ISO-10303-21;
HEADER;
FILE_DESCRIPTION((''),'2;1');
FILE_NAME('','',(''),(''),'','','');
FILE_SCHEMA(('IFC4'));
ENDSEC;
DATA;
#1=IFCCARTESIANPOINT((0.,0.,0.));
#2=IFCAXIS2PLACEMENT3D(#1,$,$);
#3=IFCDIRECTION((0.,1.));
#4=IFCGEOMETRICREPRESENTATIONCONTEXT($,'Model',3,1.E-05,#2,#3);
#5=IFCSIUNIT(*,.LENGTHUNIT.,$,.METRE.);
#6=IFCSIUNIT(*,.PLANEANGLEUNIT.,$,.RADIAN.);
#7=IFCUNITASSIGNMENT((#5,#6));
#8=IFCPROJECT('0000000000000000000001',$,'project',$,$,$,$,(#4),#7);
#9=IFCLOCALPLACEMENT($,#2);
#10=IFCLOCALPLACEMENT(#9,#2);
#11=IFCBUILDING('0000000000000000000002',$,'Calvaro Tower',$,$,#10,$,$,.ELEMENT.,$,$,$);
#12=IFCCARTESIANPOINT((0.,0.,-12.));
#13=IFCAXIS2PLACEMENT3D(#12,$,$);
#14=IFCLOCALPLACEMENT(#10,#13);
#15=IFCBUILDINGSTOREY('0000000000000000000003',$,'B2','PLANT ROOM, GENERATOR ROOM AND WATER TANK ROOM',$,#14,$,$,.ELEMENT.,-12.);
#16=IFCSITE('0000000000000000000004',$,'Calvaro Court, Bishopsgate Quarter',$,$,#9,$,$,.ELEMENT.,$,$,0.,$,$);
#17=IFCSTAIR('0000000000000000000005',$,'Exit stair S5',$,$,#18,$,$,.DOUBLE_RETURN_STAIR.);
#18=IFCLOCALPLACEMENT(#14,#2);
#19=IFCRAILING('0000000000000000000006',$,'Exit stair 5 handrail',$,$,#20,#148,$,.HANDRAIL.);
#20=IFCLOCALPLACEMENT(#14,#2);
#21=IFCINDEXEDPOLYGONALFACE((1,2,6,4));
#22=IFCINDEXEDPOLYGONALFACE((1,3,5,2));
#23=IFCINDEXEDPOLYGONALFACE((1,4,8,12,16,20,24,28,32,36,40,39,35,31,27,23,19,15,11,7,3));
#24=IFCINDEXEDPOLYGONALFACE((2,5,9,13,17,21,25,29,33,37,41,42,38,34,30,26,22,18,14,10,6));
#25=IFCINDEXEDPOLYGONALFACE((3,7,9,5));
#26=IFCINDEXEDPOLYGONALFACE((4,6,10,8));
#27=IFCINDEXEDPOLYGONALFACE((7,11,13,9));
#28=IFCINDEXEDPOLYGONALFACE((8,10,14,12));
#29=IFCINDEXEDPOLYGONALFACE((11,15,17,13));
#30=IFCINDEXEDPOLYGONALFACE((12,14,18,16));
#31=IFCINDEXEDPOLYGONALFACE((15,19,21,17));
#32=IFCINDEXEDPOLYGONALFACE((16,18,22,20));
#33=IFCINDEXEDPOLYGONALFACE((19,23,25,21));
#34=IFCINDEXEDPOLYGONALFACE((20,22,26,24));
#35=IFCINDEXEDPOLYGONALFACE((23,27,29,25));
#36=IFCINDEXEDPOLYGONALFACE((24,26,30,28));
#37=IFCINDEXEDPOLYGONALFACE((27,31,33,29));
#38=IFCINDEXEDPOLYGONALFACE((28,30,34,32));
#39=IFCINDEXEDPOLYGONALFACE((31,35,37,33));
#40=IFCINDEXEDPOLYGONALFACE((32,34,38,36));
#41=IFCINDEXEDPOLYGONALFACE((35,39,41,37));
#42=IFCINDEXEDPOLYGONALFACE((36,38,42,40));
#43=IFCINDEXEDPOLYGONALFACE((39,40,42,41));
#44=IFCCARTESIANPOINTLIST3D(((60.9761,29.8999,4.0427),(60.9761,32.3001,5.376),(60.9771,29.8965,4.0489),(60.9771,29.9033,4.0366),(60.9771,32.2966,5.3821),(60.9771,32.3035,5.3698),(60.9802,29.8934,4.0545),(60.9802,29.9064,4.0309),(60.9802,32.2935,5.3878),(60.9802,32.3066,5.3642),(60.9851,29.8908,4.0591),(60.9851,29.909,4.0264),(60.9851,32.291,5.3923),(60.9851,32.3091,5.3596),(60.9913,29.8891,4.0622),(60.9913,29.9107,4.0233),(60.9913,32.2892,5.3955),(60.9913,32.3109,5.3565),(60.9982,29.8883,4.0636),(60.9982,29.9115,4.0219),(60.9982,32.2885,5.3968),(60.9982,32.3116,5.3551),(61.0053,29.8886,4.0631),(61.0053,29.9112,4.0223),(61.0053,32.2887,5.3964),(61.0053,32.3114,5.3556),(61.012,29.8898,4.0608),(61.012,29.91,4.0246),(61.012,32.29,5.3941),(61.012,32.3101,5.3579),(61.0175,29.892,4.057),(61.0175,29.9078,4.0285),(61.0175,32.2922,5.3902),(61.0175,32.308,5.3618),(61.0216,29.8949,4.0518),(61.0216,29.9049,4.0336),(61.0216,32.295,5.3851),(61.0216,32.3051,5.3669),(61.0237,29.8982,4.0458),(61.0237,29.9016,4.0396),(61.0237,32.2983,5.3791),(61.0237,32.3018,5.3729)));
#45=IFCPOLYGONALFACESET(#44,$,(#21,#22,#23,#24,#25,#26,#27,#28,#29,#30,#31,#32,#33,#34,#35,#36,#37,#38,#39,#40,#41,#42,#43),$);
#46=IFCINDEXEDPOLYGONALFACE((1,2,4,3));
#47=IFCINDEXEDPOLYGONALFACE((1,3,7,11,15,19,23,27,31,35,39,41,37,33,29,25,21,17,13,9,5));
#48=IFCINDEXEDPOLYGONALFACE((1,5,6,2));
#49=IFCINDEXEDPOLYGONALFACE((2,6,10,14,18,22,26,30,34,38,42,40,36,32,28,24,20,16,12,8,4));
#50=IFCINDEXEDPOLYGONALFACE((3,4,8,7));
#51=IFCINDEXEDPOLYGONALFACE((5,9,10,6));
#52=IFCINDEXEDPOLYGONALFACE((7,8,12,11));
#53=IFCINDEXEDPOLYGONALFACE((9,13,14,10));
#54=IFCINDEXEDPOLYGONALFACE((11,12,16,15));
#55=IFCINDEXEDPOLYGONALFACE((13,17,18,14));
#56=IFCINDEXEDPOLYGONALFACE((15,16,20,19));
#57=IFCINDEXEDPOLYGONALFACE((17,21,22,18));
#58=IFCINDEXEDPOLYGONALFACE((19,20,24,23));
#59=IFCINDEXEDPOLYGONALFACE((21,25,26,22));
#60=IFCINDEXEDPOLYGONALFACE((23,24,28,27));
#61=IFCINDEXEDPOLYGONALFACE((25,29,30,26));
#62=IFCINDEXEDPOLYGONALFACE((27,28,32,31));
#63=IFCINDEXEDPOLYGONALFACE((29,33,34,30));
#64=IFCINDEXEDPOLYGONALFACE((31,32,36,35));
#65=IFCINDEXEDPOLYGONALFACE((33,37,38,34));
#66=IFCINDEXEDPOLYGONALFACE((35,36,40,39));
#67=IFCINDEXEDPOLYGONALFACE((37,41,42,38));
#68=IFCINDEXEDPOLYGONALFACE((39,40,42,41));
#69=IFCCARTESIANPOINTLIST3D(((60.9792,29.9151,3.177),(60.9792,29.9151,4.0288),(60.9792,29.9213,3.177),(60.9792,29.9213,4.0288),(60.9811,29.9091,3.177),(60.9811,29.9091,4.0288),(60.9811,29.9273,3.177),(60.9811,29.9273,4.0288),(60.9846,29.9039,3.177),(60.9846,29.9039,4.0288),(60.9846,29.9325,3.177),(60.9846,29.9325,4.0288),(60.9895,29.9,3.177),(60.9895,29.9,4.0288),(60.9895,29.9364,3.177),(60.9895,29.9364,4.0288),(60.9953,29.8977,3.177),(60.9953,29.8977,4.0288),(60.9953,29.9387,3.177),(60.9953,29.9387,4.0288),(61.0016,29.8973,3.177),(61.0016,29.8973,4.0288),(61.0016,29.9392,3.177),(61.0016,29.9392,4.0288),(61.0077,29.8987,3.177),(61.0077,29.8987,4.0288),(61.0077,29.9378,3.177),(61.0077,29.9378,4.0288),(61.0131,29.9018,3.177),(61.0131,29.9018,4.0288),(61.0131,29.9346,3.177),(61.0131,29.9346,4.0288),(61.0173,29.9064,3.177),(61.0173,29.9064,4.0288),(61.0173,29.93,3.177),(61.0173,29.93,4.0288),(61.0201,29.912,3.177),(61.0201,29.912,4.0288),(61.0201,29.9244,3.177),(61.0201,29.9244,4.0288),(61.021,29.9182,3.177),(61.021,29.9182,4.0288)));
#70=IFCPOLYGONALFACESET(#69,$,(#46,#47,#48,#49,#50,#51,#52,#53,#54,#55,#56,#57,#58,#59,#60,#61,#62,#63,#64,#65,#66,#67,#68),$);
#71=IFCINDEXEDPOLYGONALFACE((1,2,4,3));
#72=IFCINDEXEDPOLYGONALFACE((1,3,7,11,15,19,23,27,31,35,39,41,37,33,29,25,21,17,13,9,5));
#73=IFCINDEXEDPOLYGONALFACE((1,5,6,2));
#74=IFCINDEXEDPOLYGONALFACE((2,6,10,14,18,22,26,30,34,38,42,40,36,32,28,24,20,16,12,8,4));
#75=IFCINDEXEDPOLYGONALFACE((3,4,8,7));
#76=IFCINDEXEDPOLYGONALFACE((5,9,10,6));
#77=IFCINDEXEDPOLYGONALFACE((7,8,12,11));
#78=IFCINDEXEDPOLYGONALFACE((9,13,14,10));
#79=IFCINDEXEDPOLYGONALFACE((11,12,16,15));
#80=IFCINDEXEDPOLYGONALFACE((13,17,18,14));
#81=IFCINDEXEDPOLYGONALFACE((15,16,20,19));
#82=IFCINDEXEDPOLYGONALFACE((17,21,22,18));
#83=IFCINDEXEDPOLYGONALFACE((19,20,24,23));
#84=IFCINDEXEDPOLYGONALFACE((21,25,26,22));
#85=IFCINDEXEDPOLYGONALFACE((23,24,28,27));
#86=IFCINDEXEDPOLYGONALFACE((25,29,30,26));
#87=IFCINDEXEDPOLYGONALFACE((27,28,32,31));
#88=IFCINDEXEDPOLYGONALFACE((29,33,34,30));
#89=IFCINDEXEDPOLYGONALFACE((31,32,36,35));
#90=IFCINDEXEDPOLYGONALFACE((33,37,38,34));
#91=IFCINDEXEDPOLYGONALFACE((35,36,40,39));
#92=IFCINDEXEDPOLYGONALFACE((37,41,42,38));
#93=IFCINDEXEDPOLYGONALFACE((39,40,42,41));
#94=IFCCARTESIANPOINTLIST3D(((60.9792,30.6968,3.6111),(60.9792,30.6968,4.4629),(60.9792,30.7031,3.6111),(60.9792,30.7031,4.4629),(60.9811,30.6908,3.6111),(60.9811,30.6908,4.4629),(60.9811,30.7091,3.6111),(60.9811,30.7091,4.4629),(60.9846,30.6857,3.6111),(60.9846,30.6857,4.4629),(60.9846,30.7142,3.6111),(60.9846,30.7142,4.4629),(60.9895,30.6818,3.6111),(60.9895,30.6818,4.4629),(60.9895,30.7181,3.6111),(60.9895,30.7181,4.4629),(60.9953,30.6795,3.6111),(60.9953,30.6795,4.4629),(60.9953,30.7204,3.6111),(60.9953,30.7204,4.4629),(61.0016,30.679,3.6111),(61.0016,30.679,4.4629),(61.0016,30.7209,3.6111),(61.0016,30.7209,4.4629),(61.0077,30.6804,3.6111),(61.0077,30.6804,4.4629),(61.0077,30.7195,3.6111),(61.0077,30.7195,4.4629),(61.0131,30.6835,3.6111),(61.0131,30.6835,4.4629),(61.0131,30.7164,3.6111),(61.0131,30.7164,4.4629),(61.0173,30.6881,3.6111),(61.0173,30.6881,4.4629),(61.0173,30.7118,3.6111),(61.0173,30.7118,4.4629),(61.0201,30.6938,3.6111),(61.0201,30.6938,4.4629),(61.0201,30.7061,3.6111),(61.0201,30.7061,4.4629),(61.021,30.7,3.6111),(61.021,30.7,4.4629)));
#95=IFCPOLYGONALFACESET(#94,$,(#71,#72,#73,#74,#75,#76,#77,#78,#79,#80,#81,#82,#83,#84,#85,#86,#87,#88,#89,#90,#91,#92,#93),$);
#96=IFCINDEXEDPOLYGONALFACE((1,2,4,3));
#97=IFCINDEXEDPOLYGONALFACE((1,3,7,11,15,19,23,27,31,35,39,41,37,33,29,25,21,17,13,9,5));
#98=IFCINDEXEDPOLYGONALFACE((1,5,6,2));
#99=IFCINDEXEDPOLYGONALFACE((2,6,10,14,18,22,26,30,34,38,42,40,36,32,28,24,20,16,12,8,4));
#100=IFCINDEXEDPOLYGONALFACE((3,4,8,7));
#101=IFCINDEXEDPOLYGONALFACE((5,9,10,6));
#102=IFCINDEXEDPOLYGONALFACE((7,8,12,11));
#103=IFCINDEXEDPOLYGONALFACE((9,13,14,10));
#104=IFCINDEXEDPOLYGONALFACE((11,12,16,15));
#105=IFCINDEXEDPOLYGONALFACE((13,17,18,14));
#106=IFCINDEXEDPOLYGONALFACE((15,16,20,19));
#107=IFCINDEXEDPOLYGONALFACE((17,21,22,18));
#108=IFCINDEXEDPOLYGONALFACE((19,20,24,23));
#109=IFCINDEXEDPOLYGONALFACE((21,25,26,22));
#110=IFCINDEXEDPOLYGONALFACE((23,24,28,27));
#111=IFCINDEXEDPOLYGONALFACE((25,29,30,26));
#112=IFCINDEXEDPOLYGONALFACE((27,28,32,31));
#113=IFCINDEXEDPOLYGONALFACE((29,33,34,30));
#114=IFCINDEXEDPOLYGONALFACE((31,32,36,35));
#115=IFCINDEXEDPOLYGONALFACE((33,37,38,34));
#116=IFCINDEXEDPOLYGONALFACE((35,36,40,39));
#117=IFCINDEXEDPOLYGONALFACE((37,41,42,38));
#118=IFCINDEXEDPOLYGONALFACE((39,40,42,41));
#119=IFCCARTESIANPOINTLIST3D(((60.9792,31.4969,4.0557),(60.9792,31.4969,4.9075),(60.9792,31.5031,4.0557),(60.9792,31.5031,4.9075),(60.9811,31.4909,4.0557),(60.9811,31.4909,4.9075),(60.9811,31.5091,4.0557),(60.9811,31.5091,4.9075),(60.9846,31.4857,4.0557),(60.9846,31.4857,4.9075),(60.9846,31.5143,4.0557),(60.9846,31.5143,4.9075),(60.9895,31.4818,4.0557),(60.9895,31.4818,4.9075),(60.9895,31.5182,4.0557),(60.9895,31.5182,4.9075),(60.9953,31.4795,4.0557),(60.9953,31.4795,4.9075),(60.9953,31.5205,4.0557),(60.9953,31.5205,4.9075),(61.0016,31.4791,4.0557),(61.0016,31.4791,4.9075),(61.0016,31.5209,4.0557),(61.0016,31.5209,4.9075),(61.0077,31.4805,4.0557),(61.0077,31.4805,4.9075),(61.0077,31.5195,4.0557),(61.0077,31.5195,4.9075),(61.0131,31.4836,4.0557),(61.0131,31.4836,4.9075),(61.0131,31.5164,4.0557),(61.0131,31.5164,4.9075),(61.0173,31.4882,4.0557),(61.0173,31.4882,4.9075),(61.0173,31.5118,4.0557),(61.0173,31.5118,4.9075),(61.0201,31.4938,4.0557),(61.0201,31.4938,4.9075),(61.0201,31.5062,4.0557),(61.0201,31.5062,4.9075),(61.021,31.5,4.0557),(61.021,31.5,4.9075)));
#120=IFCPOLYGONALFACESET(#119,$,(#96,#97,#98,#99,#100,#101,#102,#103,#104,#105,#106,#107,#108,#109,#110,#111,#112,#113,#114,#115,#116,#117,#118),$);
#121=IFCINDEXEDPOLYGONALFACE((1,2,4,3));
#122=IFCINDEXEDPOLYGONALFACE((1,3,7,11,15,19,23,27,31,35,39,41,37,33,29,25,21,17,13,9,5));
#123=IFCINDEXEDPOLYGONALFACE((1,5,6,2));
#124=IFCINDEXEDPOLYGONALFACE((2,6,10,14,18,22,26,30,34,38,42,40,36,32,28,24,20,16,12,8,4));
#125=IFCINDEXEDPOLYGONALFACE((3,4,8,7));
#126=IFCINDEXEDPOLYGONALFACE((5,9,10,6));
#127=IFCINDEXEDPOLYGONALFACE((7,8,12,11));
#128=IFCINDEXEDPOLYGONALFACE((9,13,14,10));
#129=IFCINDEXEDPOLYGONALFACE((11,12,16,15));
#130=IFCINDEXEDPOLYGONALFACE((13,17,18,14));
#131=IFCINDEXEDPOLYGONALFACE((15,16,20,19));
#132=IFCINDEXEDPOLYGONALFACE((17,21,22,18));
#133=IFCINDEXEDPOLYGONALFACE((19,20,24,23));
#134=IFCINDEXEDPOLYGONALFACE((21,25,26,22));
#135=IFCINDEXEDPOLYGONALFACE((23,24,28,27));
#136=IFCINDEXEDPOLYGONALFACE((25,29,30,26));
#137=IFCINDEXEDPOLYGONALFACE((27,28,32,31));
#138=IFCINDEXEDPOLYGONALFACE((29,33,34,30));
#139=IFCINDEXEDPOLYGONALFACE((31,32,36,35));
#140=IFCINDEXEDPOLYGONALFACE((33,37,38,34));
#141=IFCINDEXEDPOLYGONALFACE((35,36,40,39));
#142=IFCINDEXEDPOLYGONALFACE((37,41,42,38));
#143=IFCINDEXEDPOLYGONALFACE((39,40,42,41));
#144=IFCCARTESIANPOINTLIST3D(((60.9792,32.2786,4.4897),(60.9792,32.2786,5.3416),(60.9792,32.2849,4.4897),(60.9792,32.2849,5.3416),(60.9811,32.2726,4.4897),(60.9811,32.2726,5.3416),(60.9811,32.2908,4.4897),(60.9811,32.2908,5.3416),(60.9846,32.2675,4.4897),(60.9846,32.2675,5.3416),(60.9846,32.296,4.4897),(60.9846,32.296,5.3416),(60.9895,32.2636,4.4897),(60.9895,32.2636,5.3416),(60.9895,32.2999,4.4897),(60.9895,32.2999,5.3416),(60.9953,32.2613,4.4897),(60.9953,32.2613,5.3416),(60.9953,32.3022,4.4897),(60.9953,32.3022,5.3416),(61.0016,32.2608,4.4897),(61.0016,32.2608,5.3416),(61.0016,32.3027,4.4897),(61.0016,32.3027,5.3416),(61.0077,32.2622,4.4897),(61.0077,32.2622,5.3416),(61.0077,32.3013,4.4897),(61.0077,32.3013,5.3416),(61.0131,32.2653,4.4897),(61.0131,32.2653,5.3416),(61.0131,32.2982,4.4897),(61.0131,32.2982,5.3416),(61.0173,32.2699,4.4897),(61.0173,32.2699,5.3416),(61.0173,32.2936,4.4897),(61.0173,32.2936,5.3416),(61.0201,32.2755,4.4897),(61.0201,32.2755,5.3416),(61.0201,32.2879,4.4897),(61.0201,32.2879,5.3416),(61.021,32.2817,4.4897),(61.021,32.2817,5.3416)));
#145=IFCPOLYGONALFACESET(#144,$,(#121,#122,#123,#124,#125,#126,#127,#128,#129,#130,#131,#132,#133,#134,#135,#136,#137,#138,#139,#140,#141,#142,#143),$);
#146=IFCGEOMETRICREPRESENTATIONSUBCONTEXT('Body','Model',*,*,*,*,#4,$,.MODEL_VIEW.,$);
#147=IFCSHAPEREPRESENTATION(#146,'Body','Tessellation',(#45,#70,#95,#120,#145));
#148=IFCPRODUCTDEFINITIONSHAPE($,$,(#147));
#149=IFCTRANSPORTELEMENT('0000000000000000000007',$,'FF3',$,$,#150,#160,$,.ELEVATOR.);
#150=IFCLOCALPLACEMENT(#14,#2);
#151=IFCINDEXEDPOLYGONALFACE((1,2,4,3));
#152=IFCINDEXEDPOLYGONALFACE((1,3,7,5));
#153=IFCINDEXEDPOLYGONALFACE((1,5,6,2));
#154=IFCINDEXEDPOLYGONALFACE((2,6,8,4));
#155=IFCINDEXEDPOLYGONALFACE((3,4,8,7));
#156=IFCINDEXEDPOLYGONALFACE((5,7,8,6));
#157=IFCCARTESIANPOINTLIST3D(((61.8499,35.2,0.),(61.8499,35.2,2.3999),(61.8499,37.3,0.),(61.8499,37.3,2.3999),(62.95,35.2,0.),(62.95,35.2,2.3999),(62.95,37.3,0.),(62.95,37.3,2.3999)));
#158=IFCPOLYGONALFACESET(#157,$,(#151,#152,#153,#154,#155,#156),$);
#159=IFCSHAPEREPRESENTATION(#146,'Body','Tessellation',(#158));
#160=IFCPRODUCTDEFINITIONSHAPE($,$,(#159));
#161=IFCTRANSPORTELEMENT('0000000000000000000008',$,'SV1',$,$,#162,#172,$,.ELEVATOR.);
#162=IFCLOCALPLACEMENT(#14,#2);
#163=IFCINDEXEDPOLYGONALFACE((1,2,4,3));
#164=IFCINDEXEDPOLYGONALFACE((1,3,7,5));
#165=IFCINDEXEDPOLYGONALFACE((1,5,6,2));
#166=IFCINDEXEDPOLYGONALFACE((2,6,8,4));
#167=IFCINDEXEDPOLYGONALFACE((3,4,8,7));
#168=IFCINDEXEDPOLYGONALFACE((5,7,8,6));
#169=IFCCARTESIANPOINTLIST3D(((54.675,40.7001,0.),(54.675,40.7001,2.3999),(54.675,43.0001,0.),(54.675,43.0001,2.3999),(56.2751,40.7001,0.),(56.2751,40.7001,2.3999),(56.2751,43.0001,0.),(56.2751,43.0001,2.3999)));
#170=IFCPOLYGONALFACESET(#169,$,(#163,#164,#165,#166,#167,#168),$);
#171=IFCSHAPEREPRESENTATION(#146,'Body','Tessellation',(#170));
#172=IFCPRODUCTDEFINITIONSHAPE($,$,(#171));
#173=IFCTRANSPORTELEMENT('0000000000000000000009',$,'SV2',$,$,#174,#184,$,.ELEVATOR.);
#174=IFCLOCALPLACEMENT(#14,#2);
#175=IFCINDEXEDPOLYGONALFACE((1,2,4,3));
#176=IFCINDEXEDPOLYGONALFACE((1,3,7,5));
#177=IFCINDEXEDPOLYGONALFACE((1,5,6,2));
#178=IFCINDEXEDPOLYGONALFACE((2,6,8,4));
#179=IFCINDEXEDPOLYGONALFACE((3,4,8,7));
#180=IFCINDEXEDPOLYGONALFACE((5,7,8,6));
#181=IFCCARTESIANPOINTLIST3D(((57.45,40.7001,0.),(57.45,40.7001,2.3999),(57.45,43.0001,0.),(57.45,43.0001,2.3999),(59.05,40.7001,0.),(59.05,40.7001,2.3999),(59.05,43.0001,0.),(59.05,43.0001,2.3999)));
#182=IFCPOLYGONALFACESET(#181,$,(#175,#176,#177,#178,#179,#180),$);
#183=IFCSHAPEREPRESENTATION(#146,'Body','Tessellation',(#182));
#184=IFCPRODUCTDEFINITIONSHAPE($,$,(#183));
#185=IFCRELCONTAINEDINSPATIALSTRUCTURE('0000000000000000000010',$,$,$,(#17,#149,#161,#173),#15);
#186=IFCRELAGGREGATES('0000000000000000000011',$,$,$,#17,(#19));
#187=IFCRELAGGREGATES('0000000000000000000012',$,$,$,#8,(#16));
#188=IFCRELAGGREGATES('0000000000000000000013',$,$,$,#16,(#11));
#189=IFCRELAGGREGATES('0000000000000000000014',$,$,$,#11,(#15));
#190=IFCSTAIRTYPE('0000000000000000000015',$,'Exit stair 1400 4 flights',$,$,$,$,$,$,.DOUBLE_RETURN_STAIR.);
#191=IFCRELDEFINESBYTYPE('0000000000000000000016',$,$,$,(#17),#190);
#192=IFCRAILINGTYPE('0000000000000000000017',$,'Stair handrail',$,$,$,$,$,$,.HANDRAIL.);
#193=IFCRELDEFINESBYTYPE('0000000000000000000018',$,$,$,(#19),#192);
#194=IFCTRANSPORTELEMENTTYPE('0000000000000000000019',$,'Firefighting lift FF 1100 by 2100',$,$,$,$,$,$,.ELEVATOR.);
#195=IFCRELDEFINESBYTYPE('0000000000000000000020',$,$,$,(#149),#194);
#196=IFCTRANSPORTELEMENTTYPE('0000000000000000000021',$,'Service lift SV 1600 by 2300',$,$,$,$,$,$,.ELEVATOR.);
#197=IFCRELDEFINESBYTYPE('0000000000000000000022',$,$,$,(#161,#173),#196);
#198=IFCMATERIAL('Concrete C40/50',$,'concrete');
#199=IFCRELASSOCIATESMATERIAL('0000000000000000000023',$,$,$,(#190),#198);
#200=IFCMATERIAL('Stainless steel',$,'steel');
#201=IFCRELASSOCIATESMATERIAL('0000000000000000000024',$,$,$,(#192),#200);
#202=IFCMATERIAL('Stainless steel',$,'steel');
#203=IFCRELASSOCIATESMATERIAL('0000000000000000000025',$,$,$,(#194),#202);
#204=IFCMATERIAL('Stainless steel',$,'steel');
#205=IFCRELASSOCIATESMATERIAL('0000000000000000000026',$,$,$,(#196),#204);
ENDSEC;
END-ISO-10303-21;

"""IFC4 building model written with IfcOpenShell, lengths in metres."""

from ifc_helpers import new_model, si_unit, direction, frame, origin, origin_2d, place, context, subcontext, project, spatial, rectangle, circle, extrude, material, type_object, element, aggregate, save


model = new_model("IFC4")

# Units and contexts
model_context = context("Model", 3, precision=1e-05, world=origin(), true_north=direction((0.0, 1.0)))
body_context = subcontext(model_context, "Body", "Model", "MODEL_VIEW")
ifc_project = project(units=[si_unit("LENGTHUNIT", "METRE"), si_unit("PLANEANGLEUNIT", "RADIAN")], contexts=[model_context])

# Site, building, storey
site_placement = place(None, origin())
site = spatial("IfcSite", under=ifc_project, at=site_placement, Name="Calvaro Court, Bishopsgate Quarter", CompositionType="ELEMENT", RefElevation=0.0)
building_placement = place(site_placement, origin())
building = spatial("IfcBuilding", under=site, at=building_placement, Name="Calvaro Tower", CompositionType="ELEMENT")
storey_placement = place(building_placement, frame((0.0, 0.0, -12.0)))
storey = spatial("IfcBuildingStorey", under=building, at=storey_placement, Name="B2", Description="PLANT ROOM, GENERATOR ROOM AND WATER TANK ROOM", CompositionType="ELEMENT", Elevation=-12.0)

# Stair
ifc_material_1 = material(Name="Concrete C40/50", Category="concrete")
stair_type = type_object("IfcStairType", Name="Exit stair 1400 4 flights", PredefinedType="DOUBLE_RETURN_STAIR", material=ifc_material_1)
stair_1_placement = place(storey_placement, origin())
stair_1 = element("IfcStair", 1, at=stair_1_placement, inside=storey, type_object=stair_type, Name="Exit stair S5", PredefinedType="DOUBLE_RETURN_STAIR")

# Shared definitions
ifc_material_2 = material(Name="Stainless steel", Category="steel")
railing_type = type_object("IfcRailingType", Name="Stair handrail", PredefinedType="HANDRAIL", material=ifc_material_2)

# Railing
railing_1_placement = place(storey_placement, frame((61.0, 29.8999, 3.1667)))
railing_1 = element("IfcRailing", 2, at=railing_1_placement, type_object=railing_type, Name="Exit stair 5 handrail", PredefinedType="HANDRAIL", context=body_context, shape_type="SweptSolid", body=[
    extrude(circle(Radius=0.0239, at=origin_2d()), frame((0.0, 0.0, 0.876), z_axis=(0.0, 0.874182, 0.485598), x_axis=(-1.0, 0.0, 0.0)), (0.0, 0.0, 1.0), 2.7456),
    extrude(circle(Radius=0.021, at=origin_2d()), frame((0.0, 0.0183, 0.0103)), (0.0, 0.0, 1.0), 0.8518),
    extrude(circle(Radius=0.021, at=origin_2d()), frame((0.0, 0.8, 0.4443)), (0.0, 0.0, 1.0), 0.8518),
    extrude(circle(Radius=0.021, at=origin_2d()), frame((0.0, 1.6001, 0.8889)), (0.0, 0.0, 1.0), 0.8518),
    extrude(circle(Radius=0.021, at=origin_2d()), frame((0.0, 2.3818, 1.323)), (0.0, 0.0, 1.0), 0.8518),
])
aggregate(stair_1, [railing_1])

# Transport elements
ifc_material_3 = material(Name="Stainless steel", Category="steel")
transport_element_type_1 = type_object("IfcTransportElementType", Name="Firefighting lift FF 1100 by 2100", PredefinedType="ELEVATOR", material=ifc_material_3)
transport_element_placement = place(storey_placement, frame((62.3999, 36.25, 0.0), z_axis=(0.0, 0.0, 1.0), x_axis=(1.0, 0.0, 0.0)))
element("IfcTransportElement", 3, at=transport_element_placement, inside=storey, type_object=transport_element_type_1, Name="FF3", PredefinedType="ELEVATOR", context=body_context, shape_type="SweptSolid", body=[
    extrude(rectangle(XDim=1.1001, YDim=2.1001, at=origin_2d()), origin(), (0.0, 0.0, 1.0), 2.3999),
])
ifc_material_4 = material(Name="Stainless steel", Category="steel")
transport_element_type_2 = type_object("IfcTransportElementType", Name="Service lift SV 1600 by 2300", PredefinedType="ELEVATOR", material=ifc_material_4)
for number, where, z_axis, x_axis, name in (
    (4, (55.4751, 41.8501, 0.0), (0.0, 0.0, 1.0), (1.0, 0.0, 0.0), "SV1"),
    (5, (58.25, 41.8501, 0.0), (0.0, 0.0, 1.0), (1.0, 0.0, 0.0), "SV2"),
):
    element("IfcTransportElement", number, at=place(storey_placement, frame(where, z_axis=z_axis, x_axis=x_axis)), inside=storey, type_object=transport_element_type_2, Name=name, PredefinedType="ELEVATOR", context=body_context, shape_type="SweptSolid", body=[
        extrude(rectangle(XDim=1.6001, YDim=2.3, at=origin_2d()), origin(), (0.0, 0.0, 1.0), 2.3999),
    ])

save(model, "model.ifc")
